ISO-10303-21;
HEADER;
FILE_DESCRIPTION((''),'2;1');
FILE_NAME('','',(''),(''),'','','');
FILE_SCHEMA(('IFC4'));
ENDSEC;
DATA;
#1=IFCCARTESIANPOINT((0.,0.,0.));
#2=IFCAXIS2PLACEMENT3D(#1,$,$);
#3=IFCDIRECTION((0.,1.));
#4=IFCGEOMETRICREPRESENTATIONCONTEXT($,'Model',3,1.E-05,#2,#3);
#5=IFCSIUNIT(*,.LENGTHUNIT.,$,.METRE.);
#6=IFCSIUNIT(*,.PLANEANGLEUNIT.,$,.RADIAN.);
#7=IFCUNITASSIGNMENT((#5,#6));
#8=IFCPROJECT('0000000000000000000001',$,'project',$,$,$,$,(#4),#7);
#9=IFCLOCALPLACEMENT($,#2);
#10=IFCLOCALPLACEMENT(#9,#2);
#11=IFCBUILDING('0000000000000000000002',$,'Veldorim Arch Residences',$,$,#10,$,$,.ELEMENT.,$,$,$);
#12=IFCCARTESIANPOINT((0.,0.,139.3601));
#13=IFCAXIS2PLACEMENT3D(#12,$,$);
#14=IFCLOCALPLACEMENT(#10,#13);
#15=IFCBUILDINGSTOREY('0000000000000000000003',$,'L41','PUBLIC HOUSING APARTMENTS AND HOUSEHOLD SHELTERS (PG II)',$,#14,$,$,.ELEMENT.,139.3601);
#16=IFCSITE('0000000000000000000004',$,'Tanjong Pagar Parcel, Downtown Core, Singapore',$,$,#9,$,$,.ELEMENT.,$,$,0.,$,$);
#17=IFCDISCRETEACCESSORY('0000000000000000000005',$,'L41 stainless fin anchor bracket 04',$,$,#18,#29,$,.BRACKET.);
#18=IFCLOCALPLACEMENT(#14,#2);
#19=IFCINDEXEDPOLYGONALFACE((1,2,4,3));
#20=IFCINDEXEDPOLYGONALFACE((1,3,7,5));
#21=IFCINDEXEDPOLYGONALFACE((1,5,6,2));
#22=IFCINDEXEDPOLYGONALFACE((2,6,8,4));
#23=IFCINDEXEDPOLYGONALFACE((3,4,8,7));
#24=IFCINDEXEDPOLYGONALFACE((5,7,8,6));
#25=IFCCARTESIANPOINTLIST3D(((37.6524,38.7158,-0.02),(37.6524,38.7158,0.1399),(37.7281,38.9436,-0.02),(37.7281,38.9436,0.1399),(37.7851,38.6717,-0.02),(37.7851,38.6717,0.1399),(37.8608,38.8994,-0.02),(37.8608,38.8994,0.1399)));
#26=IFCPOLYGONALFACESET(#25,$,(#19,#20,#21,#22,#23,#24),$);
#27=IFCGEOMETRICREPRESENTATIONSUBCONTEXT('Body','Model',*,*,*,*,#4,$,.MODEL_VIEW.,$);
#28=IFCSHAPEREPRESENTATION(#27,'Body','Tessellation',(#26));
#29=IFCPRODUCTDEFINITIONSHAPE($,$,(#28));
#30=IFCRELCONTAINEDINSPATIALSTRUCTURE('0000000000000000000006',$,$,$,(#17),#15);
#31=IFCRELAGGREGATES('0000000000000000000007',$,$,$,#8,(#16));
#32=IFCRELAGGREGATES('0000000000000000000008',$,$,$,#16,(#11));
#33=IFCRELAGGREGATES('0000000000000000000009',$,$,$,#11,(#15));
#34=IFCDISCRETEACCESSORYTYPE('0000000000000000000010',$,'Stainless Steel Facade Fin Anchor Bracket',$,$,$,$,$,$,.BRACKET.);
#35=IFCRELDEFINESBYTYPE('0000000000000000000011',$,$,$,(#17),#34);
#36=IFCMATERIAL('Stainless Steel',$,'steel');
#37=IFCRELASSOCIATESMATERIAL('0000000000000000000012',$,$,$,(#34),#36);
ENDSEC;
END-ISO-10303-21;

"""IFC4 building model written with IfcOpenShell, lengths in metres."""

from ifc_helpers import new_model, si_unit, direction, frame, origin, origin_2d, place, context, subcontext, project, spatial, rectangle, extrude, material, type_object, element, save


model = new_model("IFC4")

# Units and contexts
model_context = context("Model", 3, precision=1e-05, world=origin(), true_north=direction((0.0, 1.0)))
body_context = subcontext(model_context, "Body", "Model", "MODEL_VIEW")
ifc_project = project(units=[si_unit("LENGTHUNIT", "METRE"), si_unit("PLANEANGLEUNIT", "RADIAN")], contexts=[model_context])

# Site, building, storey
site_placement = place(None, origin())
site = spatial("IfcSite", under=ifc_project, at=site_placement, Name="Tanjong Pagar Parcel, Downtown Core, Singapore", CompositionType="ELEMENT", RefElevation=0.0)
building_placement = place(site_placement, origin())
building = spatial("IfcBuilding", under=site, at=building_placement, Name="Veldorim Arch Residences", CompositionType="ELEMENT")
storey_placement = place(building_placement, frame((0.0, 0.0, 139.3601)))
storey = spatial("IfcBuildingStorey", under=building, at=storey_placement, Name="L41", Description="PUBLIC HOUSING APARTMENTS AND HOUSEHOLD SHELTERS (PG II)", CompositionType="ELEMENT", Elevation=139.3601)

# Discrete accessory
ifc_material_1 = material(Name="Stainless Steel", Category="steel")
discrete_accessory_type = type_object("IfcDiscreteAccessoryType", Name="Stainless Steel Facade Fin Anchor Bracket", PredefinedType="BRACKET", material=ifc_material_1)
discrete_accessory_placement = place(storey_placement, frame((37.7566, 38.8076, -0.02), z_axis=(0.0, 0.0, 1.0), x_axis=(0.948931, -0.315483, 0.0)))
element("IfcDiscreteAccessory", 1, at=discrete_accessory_placement, inside=storey, type_object=discrete_accessory_type, Name="L41 stainless fin anchor bracket 04", PredefinedType="BRACKET", context=body_context, shape_type="SweptSolid", body=[
    extrude(rectangle(XDim=0.1399, YDim=0.24, at=origin_2d()), origin(), (0.0, 0.0, 1.0), 0.1599),
])

save(model, "model.ifc")
